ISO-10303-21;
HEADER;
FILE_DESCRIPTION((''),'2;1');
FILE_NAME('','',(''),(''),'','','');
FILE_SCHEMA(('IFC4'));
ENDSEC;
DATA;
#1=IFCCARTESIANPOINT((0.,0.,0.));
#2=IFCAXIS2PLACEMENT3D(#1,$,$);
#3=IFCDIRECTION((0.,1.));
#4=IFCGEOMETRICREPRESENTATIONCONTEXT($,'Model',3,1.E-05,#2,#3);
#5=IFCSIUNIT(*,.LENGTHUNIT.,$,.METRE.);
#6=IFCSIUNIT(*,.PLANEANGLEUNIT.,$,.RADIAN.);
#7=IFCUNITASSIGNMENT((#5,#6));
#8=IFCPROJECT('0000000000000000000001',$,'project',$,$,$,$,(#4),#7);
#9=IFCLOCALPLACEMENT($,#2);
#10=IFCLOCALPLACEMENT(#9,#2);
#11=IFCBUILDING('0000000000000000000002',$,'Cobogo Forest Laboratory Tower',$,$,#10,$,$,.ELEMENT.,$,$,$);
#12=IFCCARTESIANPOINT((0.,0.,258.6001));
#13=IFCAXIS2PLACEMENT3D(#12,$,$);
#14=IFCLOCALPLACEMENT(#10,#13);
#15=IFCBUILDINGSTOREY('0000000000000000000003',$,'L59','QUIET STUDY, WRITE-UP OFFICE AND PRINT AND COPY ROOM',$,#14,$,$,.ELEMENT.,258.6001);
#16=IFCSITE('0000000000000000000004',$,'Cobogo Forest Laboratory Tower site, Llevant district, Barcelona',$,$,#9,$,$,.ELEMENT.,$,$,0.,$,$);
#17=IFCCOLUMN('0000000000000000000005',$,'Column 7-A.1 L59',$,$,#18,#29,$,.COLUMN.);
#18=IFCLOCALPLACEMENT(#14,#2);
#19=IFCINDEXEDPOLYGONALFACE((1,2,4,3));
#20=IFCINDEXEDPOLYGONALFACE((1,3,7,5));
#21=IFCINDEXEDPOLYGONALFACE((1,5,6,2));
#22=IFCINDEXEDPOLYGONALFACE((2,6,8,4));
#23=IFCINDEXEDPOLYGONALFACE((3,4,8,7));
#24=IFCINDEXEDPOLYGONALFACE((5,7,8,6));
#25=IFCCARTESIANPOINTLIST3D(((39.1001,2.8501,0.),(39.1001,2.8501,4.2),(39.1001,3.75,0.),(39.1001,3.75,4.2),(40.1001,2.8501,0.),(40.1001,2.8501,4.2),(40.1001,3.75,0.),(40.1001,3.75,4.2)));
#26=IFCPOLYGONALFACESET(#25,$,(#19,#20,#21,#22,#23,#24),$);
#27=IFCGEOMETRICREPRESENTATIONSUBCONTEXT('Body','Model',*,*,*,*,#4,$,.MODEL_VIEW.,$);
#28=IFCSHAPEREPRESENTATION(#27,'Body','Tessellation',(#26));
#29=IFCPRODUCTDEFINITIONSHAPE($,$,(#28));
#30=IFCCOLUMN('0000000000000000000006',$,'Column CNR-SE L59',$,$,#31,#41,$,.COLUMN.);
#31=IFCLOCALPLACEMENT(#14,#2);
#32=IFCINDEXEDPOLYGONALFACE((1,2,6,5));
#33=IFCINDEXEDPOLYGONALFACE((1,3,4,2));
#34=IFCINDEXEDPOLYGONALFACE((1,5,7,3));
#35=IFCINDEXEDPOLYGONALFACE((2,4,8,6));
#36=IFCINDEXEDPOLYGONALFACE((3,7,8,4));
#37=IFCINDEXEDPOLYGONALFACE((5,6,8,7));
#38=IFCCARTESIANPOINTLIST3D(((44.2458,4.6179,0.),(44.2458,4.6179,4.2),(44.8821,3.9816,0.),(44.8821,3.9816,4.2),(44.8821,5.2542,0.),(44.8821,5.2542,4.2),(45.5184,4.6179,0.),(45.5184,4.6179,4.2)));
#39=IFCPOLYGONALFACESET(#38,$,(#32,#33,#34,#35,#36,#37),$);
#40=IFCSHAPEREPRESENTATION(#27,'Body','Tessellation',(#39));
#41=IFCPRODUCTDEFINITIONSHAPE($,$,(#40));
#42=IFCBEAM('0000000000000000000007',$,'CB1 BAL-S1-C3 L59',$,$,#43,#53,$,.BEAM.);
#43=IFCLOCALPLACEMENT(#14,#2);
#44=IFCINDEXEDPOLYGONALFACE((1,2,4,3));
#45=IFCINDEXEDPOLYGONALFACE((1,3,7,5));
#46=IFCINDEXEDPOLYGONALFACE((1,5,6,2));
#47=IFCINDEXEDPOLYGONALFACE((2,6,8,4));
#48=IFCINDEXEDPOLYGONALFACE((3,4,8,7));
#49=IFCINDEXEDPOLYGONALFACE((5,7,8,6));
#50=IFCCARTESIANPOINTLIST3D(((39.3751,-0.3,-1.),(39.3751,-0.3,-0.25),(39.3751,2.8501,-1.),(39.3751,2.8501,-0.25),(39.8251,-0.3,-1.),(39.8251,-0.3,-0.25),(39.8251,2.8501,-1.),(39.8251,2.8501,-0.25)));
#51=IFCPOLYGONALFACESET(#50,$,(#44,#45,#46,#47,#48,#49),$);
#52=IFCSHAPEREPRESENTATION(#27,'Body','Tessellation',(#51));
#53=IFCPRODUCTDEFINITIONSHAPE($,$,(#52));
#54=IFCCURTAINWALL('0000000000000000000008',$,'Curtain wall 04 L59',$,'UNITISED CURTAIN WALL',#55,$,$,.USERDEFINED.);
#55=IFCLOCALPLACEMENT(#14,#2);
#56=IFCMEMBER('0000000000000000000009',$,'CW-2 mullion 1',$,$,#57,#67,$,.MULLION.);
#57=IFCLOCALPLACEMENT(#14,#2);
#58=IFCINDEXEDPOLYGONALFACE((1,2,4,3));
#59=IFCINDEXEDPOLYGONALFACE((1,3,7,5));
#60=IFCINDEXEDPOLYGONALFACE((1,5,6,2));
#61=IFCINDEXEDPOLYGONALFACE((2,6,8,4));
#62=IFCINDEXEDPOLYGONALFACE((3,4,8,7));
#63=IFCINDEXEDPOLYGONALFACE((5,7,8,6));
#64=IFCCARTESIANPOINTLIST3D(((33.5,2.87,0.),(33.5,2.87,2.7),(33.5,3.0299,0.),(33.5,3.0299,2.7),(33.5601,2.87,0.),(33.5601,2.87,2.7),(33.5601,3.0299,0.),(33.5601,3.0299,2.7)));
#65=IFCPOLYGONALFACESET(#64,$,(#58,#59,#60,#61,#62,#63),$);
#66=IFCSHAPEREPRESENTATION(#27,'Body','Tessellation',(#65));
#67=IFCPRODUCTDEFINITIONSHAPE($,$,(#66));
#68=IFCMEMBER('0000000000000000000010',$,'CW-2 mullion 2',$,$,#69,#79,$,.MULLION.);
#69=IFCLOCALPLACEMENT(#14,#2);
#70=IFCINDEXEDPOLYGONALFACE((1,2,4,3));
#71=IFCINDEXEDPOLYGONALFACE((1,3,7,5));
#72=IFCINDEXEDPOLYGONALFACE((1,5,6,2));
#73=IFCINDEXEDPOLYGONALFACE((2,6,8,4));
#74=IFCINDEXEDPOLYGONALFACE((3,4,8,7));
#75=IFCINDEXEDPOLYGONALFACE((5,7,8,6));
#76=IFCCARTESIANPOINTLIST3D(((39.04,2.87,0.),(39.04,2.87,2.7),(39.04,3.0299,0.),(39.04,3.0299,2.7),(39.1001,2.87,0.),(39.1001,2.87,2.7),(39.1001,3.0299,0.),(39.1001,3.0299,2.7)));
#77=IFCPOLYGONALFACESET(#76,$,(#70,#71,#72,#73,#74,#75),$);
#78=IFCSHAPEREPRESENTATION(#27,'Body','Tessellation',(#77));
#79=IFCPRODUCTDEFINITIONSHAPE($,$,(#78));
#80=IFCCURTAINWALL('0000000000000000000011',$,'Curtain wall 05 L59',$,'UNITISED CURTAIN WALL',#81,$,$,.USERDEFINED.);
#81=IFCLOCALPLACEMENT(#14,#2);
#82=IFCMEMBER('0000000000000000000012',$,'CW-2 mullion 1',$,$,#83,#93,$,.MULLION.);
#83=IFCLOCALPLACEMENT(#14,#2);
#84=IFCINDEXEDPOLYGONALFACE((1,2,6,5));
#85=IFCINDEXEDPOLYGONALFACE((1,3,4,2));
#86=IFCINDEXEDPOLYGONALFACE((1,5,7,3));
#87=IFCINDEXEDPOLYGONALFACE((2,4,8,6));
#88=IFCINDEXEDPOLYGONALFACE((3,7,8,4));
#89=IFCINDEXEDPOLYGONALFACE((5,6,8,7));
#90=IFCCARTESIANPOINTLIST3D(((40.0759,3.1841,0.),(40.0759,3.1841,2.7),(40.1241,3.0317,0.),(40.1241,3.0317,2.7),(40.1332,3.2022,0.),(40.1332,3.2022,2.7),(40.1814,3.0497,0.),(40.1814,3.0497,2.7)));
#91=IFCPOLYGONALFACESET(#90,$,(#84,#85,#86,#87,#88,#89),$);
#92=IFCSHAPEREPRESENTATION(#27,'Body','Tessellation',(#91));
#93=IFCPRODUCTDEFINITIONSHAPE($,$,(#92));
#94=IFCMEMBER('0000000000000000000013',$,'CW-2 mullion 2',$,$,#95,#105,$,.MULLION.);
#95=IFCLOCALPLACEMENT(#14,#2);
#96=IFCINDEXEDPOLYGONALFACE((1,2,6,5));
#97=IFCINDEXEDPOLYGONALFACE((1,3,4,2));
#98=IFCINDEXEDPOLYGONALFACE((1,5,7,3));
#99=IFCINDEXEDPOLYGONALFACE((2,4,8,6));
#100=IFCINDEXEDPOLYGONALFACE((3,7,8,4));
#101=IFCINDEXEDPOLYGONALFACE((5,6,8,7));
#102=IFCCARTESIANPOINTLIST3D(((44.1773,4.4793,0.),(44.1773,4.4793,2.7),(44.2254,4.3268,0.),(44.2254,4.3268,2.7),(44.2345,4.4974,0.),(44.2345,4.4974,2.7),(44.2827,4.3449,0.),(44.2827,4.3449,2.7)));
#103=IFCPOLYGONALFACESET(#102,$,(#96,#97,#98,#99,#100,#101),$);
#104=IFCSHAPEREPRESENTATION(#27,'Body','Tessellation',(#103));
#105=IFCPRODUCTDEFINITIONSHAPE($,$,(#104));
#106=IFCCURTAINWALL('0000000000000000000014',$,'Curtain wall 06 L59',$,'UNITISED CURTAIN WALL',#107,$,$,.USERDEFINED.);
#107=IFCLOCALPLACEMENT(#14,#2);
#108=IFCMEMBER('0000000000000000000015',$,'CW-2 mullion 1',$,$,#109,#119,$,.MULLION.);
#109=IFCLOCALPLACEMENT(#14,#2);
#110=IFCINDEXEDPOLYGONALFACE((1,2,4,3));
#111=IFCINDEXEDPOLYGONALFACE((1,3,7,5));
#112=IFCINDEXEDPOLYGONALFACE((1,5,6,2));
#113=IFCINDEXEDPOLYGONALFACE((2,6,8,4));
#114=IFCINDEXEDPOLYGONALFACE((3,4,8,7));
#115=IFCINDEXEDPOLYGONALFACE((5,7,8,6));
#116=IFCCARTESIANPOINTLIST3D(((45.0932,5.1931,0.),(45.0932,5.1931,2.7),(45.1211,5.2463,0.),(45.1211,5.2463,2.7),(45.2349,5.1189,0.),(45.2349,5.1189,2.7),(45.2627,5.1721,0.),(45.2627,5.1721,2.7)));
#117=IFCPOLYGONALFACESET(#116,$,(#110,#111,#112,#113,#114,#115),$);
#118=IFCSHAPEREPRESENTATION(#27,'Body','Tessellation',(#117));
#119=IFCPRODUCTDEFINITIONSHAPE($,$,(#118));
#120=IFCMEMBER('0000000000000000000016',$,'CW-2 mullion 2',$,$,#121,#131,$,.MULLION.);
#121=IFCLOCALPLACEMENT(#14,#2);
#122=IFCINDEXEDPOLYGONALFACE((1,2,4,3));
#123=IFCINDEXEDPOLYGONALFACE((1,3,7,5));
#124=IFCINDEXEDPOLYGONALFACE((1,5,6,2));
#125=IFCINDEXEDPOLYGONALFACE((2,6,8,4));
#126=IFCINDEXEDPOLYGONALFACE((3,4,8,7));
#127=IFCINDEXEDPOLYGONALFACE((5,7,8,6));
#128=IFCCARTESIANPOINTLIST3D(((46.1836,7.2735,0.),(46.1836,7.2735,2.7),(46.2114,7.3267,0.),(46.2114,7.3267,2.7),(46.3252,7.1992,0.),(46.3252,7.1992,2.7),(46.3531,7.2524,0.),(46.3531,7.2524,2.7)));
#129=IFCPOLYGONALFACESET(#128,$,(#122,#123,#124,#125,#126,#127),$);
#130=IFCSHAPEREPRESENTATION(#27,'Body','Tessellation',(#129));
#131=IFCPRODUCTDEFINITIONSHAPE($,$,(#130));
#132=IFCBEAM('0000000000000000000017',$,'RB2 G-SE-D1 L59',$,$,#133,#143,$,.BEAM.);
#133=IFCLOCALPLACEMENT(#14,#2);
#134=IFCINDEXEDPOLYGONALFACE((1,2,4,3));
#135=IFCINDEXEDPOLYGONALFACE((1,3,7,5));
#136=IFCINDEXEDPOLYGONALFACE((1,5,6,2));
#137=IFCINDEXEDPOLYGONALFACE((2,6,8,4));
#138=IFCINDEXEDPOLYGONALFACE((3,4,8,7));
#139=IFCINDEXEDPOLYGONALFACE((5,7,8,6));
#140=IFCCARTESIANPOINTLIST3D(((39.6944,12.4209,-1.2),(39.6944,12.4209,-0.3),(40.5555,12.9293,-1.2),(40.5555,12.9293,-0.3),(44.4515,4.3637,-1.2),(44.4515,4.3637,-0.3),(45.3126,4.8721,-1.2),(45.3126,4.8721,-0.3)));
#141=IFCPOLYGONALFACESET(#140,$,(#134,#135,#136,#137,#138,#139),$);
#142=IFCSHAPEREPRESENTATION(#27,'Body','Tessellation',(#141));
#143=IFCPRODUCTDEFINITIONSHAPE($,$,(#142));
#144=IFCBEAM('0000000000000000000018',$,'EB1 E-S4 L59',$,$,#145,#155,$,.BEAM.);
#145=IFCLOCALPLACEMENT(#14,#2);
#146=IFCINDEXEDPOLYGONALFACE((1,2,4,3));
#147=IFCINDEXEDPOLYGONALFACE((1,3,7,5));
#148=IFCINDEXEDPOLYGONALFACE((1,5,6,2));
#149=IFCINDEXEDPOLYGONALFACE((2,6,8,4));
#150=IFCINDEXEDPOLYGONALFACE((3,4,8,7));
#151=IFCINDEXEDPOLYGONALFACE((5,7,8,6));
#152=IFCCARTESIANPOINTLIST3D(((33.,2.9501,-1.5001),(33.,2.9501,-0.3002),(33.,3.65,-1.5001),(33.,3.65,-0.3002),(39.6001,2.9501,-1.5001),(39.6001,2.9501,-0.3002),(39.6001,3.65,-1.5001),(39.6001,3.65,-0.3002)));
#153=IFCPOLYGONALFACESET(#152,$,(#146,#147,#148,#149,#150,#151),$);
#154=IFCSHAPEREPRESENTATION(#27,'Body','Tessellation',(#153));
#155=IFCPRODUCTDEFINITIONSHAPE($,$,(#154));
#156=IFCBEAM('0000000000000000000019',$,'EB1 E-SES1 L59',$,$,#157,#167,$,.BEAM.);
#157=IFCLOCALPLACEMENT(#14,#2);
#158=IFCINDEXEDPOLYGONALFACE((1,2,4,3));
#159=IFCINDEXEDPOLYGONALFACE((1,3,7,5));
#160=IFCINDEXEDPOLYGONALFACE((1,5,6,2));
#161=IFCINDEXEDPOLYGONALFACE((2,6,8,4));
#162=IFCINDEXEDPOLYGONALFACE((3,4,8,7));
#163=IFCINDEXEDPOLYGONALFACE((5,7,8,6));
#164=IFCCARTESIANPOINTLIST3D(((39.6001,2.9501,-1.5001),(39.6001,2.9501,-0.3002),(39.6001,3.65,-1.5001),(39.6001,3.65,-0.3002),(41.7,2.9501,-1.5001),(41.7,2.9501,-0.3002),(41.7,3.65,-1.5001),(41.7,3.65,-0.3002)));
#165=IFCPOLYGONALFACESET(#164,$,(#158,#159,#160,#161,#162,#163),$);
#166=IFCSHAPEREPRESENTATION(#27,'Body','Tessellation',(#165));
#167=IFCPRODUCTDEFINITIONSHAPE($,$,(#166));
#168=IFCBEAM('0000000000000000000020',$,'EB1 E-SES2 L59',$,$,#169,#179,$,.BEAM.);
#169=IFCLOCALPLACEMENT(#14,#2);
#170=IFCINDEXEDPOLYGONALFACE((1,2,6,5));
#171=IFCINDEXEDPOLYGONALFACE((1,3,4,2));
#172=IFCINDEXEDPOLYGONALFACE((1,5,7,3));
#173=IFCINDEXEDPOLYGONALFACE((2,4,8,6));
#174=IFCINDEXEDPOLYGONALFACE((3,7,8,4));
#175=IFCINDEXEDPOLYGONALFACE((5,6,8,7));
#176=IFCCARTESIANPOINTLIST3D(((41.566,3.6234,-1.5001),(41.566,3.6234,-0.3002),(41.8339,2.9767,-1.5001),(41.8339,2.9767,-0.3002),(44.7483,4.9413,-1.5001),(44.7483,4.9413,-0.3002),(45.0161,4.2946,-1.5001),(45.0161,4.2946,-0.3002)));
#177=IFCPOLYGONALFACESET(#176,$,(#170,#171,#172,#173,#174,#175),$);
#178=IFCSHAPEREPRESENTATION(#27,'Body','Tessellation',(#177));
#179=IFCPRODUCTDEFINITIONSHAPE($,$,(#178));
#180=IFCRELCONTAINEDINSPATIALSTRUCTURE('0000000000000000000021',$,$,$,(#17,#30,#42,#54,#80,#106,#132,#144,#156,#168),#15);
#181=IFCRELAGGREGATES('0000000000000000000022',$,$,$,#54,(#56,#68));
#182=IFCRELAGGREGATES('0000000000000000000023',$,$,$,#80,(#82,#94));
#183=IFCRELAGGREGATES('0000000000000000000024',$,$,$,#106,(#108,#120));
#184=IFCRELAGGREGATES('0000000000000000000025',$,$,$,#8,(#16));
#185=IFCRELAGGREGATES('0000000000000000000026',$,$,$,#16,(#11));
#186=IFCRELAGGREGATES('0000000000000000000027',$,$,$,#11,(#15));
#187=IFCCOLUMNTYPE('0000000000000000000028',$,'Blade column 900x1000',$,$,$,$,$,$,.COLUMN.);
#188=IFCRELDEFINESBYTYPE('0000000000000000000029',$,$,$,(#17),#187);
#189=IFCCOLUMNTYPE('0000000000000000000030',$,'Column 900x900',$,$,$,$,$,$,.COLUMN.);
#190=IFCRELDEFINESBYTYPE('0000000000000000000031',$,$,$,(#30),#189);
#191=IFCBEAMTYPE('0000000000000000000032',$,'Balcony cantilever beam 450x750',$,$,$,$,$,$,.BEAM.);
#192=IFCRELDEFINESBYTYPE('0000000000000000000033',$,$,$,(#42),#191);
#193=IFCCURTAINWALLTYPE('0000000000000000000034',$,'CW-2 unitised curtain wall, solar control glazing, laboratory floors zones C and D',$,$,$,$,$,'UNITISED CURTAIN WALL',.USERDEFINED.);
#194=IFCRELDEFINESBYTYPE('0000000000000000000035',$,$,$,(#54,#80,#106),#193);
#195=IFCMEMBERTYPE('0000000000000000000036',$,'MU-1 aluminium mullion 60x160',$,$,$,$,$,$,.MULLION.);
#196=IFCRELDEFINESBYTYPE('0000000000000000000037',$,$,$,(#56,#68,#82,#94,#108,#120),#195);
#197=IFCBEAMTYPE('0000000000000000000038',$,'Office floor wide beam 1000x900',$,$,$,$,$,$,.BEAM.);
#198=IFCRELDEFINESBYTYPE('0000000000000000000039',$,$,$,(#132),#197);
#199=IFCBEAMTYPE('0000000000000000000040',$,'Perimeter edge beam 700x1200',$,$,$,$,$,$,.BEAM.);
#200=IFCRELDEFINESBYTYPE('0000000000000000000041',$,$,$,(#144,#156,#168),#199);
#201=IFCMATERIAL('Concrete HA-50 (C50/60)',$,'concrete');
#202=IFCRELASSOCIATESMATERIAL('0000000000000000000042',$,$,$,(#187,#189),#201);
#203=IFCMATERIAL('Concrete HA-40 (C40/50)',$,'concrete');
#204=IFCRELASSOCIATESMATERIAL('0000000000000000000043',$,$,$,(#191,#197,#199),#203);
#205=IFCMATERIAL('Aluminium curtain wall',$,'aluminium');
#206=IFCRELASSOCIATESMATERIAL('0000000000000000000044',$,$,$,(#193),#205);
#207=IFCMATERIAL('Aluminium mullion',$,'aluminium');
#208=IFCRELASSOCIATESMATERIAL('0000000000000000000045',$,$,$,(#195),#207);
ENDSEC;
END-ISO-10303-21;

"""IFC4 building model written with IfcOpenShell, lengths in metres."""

from ifc_helpers import new_model, si_unit, direction, frame, origin, origin_2d, place, context, subcontext, project, spatial, rectangle, extrude, material, material_profile, profile_set, type_object, element, aggregate, save


model = new_model("IFC4")

# Units and contexts
model_context = context("Model", 3, precision=1e-05, world=origin(), true_north=direction((0.0, 1.0)))
body_context = subcontext(model_context, "Body", "Model", "MODEL_VIEW")
ifc_project = project(units=[si_unit("LENGTHUNIT", "METRE"), si_unit("PLANEANGLEUNIT", "RADIAN")], contexts=[model_context])

# Site, building, storey
site_placement = place(None, origin())
site = spatial("IfcSite", under=ifc_project, at=site_placement, Name="Cobogo Forest Laboratory Tower site, Llevant district, Barcelona", CompositionType="ELEMENT", RefElevation=0.0)
building_placement = place(site_placement, origin())
building = spatial("IfcBuilding", under=site, at=building_placement, Name="Cobogo Forest Laboratory Tower", CompositionType="ELEMENT")
storey_placement = place(building_placement, frame((0.0, 0.0, 258.6001)))
storey = spatial("IfcBuildingStorey", under=building, at=storey_placement, Name="L59", Description="QUIET STUDY, WRITE-UP OFFICE AND PRINT AND COPY ROOM", CompositionType="ELEMENT", Elevation=258.6001)

# Columns
ifc_material_1 = material(Name="Concrete HA-50 (C50/60)", Category="concrete")
ifc_material_profile_1 = material_profile(ifc_material_1, rectangle(XDim=1.0, YDim=0.8999, at=origin_2d()), Name="RC 900x1000")
ifc_profile_set_1 = profile_set([ifc_material_profile_1], Name="Concrete HA-50 (C50/60)")
column_type_1 = type_object("IfcColumnType", Name="Blade column 900x1000", PredefinedType="COLUMN", material=ifc_profile_set_1)
column_1_placement = place(storey_placement, frame((39.6001, 3.3, 0.0), z_axis=(0.0, 0.0, 1.0), x_axis=(1.0, 0.0, 0.0)))
element("IfcColumn", 1, at=column_1_placement, inside=storey, type_object=column_type_1, Name="Column 7-A.1 L59", PredefinedType="COLUMN", context=body_context, shape_type="SweptSolid", body=[
    extrude(rectangle(XDim=1.0, YDim=0.8999, at=origin_2d()), origin(), (0.0, 0.0, 1.0), 4.2),
])
ifc_material_profile_2 = material_profile(ifc_material_1, rectangle(XDim=0.8999, YDim=0.8999, at=origin_2d()), Name="RC 900x900")
ifc_profile_set_2 = profile_set([ifc_material_profile_2], Name="Concrete HA-50 (C50/60)")
column_type_2 = type_object("IfcColumnType", Name="Column 900x900", PredefinedType="COLUMN", material=ifc_profile_set_2)
column_2_placement = place(storey_placement, frame((44.8821, 4.6179, 0.0), z_axis=(0.0, 0.0, 1.0), x_axis=(0.707107, 0.707107, 0.0)))
element("IfcColumn", 2, at=column_2_placement, inside=storey, type_object=column_type_2, Name="Column CNR-SE L59", PredefinedType="COLUMN", context=body_context, shape_type="SweptSolid", body=[
    extrude(rectangle(XDim=0.8999, YDim=0.8999, at=origin_2d()), origin(), (0.0, 0.0, 1.0), 4.2),
])

# Beam
ifc_material_2 = material(Name="Concrete HA-40 (C40/50)", Category="concrete")
ifc_material_profile_3 = material_profile(ifc_material_2, rectangle(XDim=0.45, YDim=0.75, at=origin_2d()), Name="RC 450x750")
ifc_profile_set_3 = profile_set([ifc_material_profile_3], Name="Concrete HA-40 (C40/50)")
beam_type_1 = type_object("IfcBeamType", Name="Balcony cantilever beam 450x750", PredefinedType="BEAM", material=ifc_profile_set_3)
beam_1_placement = place(storey_placement, frame((39.6001, 2.8501, -0.625), z_axis=(0.0, -1.0, 0.0), x_axis=(1.0, 0.0, 0.0)))
element("IfcBeam", 3, at=beam_1_placement, inside=storey, type_object=beam_type_1, Name="CB1 BAL-S1-C3 L59", PredefinedType="BEAM", context=body_context, shape_type="SweptSolid", body=[
    extrude(rectangle(XDim=0.45, YDim=0.75, at=origin_2d()), origin(), (0.0, 0.0, 1.0), 3.1501),
])

# Curtain walls, members
ifc_material_3 = material(Name="Aluminium curtain wall", Category="aluminium")
curtain_wall_type = type_object("IfcCurtainWallType", Name="CW-2 unitised curtain wall, solar control glazing, laboratory floors zones C and D", ElementType="UNITISED CURTAIN WALL", PredefinedType="USERDEFINED", material=ifc_material_3)
curtain_wall_1_placement = place(storey_placement, origin())
curtain_wall_1 = element("IfcCurtainWall", 4, at=curtain_wall_1_placement, inside=storey, type_object=curtain_wall_type, Name="Curtain wall 04 L59", ObjectType="UNITISED CURTAIN WALL", PredefinedType="USERDEFINED")
ifc_material_4 = material(Name="Aluminium mullion", Category="aluminium")
ifc_material_profile_4 = material_profile(ifc_material_4, rectangle(XDim=0.0601, YDim=0.1599, at=origin_2d()), Name="AL 60x160")
ifc_profile_set_4 = profile_set([ifc_material_profile_4], Name="Aluminium mullion")
member_type_1 = type_object("IfcMemberType", Name="MU-1 aluminium mullion 60x160", PredefinedType="MULLION", material=ifc_profile_set_4)
member_1_placement = place(storey_placement, frame((33.53, 2.95, 0.0), z_axis=(0.0, 0.0, 1.0), x_axis=(1.0, 0.0, 0.0)))
member_1 = element("IfcMember", 5, at=member_1_placement, type_object=member_type_1, Name="CW-2 mullion 1", PredefinedType="MULLION", context=body_context, shape_type="SweptSolid", body=[
    extrude(rectangle(XDim=0.0601, YDim=0.1599, at=origin_2d()), origin(), (0.0, 0.0, 1.0), 2.7),
])
member_2_placement = place(storey_placement, frame((39.0701, 2.95, 0.0), z_axis=(0.0, 0.0, 1.0), x_axis=(1.0, 0.0, 0.0)))
member_2 = element("IfcMember", 6, at=member_2_placement, type_object=member_type_1, Name="CW-2 mullion 2", PredefinedType="MULLION", context=body_context, shape_type="SweptSolid", body=[
    extrude(rectangle(XDim=0.0601, YDim=0.1599, at=origin_2d()), origin(), (0.0, 0.0, 1.0), 2.7),
])
curtain_wall_2_placement = place(storey_placement, origin())
curtain_wall_2 = element("IfcCurtainWall", 7, at=curtain_wall_2_placement, inside=storey, type_object=curtain_wall_type, Name="Curtain wall 05 L59", ObjectType="UNITISED CURTAIN WALL", PredefinedType="USERDEFINED")
member_3_placement = place(storey_placement, frame((40.1287, 3.1169, 0.0), z_axis=(0.0, 0.0, 1.0), x_axis=(0.953581, 0.301135, 0.0)))
member_3 = element("IfcMember", 8, at=member_3_placement, type_object=member_type_1, Name="CW-2 mullion 1", PredefinedType="MULLION", context=body_context, shape_type="SweptSolid", body=[
    extrude(rectangle(XDim=0.0601, YDim=0.1599, at=origin_2d()), origin(), (0.0, 0.0, 1.0), 2.7),
])
member_4_placement = place(storey_placement, frame((44.23, 4.4121, 0.0), z_axis=(0.0, 0.0, 1.0), x_axis=(0.953581, 0.301135, 0.0)))
member_4 = element("IfcMember", 9, at=member_4_placement, type_object=member_type_1, Name="CW-2 mullion 2", PredefinedType="MULLION", context=body_context, shape_type="SweptSolid", body=[
    extrude(rectangle(XDim=0.0601, YDim=0.1599, at=origin_2d()), origin(), (0.0, 0.0, 1.0), 2.7),
])
curtain_wall_3_placement = place(storey_placement, origin())
curtain_wall_3 = element("IfcCurtainWall", 10, at=curtain_wall_3_placement, inside=storey, type_object=curtain_wall_type, Name="Curtain wall 06 L59", ObjectType="UNITISED CURTAIN WALL", PredefinedType="USERDEFINED")
member_5_placement = place(storey_placement, frame((45.178, 5.1826, 0.0), z_axis=(0.0, 0.0, 1.0), x_axis=(0.464284, 0.885686, 0.0)))
member_5 = element("IfcMember", 11, at=member_5_placement, type_object=member_type_1, Name="CW-2 mullion 1", PredefinedType="MULLION", context=body_context, shape_type="SweptSolid", body=[
    extrude(rectangle(XDim=0.0601, YDim=0.1599, at=origin_2d()), origin(), (0.0, 0.0, 1.0), 2.7),
])
member_6_placement = place(storey_placement, frame((46.2683, 7.2629, 0.0), z_axis=(0.0, 0.0, 1.0), x_axis=(0.464284, 0.885686, 0.0)))
member_6 = element("IfcMember", 12, at=member_6_placement, type_object=member_type_1, Name="CW-2 mullion 2", PredefinedType="MULLION", context=body_context, shape_type="SweptSolid", body=[
    extrude(rectangle(XDim=0.0601, YDim=0.1599, at=origin_2d()), origin(), (0.0, 0.0, 1.0), 2.7),
])

# Beams
ifc_material_profile_5 = material_profile(ifc_material_2, rectangle(XDim=1.0, YDim=0.8999, at=origin_2d()), Name="RC 1000x900")
ifc_profile_set_5 = profile_set([ifc_material_profile_5], Name="Concrete HA-40 (C40/50)")
beam_type_2 = type_object("IfcBeamType", Name="Office floor wide beam 1000x900", PredefinedType="BEAM", material=ifc_profile_set_5)
beam_2_placement = place(storey_placement, frame((44.8821, 4.6179, -0.75), z_axis=(-0.508416, 0.861111, 0.0), x_axis=(-0.861111, -0.508416, 0.0)))
element("IfcBeam", 13, at=beam_2_placement, inside=storey, type_object=beam_type_2, Name="RB2 G-SE-D1 L59", PredefinedType="BEAM", context=body_context, shape_type="SweptSolid", body=[
    extrude(rectangle(XDim=1.0, YDim=0.8999, at=origin_2d()), origin(), (0.0, 0.0, 1.0), 9.3567),
])
ifc_material_profile_6 = material_profile(ifc_material_2, rectangle(XDim=0.7, YDim=1.2, at=origin_2d()), Name="RC 700x1200")
ifc_profile_set_6 = profile_set([ifc_material_profile_6], Name="Concrete HA-40 (C40/50)")
beam_type_3 = type_object("IfcBeamType", Name="Perimeter edge beam 700x1200", PredefinedType="BEAM", material=ifc_profile_set_6)
beam_3_placement = place(storey_placement, frame((33.0, 3.3, -0.9001), z_axis=(1.0, 0.0, 0.0), x_axis=(0.0, 1.0, 0.0)))
element("IfcBeam", 14, at=beam_3_placement, inside=storey, type_object=beam_type_3, Name="EB1 E-S4 L59", PredefinedType="BEAM", context=body_context, shape_type="SweptSolid", body=[
    extrude(rectangle(XDim=0.7, YDim=1.2, at=origin_2d()), origin(), (0.0, 0.0, 1.0), 6.6001),
])
beam_4_placement = place(storey_placement, frame((39.6001, 3.3, -0.9001), z_axis=(1.0, 0.0, 0.0), x_axis=(0.0, 1.0, 0.0)))
element("IfcBeam", 15, at=beam_4_placement, inside=storey, type_object=beam_type_3, Name="EB1 E-SES1 L59", PredefinedType="BEAM", context=body_context, shape_type="SweptSolid", body=[
    extrude(rectangle(XDim=0.7, YDim=1.2, at=origin_2d()), origin(), (0.0, 0.0, 1.0), 2.0999),
])
beam_5_placement = place(storey_placement, frame((41.7, 3.3, -0.9001), z_axis=(0.923901, 0.382631, 0.0), x_axis=(-0.382631, 0.923901, 0.0)))
element("IfcBeam", 16, at=beam_5_placement, inside=storey, type_object=beam_type_3, Name="EB1 E-SES2 L59", PredefinedType="BEAM", context=body_context, shape_type="SweptSolid", body=[
    extrude(rectangle(XDim=0.7, YDim=1.2, at=origin_2d()), origin(), (0.0, 0.0, 1.0), 3.4443),
])

aggregate(curtain_wall_1, [member_1, member_2])
aggregate(curtain_wall_2, [member_3, member_4])
aggregate(curtain_wall_3, [member_5, member_6])

save(model, "model.ifc")
